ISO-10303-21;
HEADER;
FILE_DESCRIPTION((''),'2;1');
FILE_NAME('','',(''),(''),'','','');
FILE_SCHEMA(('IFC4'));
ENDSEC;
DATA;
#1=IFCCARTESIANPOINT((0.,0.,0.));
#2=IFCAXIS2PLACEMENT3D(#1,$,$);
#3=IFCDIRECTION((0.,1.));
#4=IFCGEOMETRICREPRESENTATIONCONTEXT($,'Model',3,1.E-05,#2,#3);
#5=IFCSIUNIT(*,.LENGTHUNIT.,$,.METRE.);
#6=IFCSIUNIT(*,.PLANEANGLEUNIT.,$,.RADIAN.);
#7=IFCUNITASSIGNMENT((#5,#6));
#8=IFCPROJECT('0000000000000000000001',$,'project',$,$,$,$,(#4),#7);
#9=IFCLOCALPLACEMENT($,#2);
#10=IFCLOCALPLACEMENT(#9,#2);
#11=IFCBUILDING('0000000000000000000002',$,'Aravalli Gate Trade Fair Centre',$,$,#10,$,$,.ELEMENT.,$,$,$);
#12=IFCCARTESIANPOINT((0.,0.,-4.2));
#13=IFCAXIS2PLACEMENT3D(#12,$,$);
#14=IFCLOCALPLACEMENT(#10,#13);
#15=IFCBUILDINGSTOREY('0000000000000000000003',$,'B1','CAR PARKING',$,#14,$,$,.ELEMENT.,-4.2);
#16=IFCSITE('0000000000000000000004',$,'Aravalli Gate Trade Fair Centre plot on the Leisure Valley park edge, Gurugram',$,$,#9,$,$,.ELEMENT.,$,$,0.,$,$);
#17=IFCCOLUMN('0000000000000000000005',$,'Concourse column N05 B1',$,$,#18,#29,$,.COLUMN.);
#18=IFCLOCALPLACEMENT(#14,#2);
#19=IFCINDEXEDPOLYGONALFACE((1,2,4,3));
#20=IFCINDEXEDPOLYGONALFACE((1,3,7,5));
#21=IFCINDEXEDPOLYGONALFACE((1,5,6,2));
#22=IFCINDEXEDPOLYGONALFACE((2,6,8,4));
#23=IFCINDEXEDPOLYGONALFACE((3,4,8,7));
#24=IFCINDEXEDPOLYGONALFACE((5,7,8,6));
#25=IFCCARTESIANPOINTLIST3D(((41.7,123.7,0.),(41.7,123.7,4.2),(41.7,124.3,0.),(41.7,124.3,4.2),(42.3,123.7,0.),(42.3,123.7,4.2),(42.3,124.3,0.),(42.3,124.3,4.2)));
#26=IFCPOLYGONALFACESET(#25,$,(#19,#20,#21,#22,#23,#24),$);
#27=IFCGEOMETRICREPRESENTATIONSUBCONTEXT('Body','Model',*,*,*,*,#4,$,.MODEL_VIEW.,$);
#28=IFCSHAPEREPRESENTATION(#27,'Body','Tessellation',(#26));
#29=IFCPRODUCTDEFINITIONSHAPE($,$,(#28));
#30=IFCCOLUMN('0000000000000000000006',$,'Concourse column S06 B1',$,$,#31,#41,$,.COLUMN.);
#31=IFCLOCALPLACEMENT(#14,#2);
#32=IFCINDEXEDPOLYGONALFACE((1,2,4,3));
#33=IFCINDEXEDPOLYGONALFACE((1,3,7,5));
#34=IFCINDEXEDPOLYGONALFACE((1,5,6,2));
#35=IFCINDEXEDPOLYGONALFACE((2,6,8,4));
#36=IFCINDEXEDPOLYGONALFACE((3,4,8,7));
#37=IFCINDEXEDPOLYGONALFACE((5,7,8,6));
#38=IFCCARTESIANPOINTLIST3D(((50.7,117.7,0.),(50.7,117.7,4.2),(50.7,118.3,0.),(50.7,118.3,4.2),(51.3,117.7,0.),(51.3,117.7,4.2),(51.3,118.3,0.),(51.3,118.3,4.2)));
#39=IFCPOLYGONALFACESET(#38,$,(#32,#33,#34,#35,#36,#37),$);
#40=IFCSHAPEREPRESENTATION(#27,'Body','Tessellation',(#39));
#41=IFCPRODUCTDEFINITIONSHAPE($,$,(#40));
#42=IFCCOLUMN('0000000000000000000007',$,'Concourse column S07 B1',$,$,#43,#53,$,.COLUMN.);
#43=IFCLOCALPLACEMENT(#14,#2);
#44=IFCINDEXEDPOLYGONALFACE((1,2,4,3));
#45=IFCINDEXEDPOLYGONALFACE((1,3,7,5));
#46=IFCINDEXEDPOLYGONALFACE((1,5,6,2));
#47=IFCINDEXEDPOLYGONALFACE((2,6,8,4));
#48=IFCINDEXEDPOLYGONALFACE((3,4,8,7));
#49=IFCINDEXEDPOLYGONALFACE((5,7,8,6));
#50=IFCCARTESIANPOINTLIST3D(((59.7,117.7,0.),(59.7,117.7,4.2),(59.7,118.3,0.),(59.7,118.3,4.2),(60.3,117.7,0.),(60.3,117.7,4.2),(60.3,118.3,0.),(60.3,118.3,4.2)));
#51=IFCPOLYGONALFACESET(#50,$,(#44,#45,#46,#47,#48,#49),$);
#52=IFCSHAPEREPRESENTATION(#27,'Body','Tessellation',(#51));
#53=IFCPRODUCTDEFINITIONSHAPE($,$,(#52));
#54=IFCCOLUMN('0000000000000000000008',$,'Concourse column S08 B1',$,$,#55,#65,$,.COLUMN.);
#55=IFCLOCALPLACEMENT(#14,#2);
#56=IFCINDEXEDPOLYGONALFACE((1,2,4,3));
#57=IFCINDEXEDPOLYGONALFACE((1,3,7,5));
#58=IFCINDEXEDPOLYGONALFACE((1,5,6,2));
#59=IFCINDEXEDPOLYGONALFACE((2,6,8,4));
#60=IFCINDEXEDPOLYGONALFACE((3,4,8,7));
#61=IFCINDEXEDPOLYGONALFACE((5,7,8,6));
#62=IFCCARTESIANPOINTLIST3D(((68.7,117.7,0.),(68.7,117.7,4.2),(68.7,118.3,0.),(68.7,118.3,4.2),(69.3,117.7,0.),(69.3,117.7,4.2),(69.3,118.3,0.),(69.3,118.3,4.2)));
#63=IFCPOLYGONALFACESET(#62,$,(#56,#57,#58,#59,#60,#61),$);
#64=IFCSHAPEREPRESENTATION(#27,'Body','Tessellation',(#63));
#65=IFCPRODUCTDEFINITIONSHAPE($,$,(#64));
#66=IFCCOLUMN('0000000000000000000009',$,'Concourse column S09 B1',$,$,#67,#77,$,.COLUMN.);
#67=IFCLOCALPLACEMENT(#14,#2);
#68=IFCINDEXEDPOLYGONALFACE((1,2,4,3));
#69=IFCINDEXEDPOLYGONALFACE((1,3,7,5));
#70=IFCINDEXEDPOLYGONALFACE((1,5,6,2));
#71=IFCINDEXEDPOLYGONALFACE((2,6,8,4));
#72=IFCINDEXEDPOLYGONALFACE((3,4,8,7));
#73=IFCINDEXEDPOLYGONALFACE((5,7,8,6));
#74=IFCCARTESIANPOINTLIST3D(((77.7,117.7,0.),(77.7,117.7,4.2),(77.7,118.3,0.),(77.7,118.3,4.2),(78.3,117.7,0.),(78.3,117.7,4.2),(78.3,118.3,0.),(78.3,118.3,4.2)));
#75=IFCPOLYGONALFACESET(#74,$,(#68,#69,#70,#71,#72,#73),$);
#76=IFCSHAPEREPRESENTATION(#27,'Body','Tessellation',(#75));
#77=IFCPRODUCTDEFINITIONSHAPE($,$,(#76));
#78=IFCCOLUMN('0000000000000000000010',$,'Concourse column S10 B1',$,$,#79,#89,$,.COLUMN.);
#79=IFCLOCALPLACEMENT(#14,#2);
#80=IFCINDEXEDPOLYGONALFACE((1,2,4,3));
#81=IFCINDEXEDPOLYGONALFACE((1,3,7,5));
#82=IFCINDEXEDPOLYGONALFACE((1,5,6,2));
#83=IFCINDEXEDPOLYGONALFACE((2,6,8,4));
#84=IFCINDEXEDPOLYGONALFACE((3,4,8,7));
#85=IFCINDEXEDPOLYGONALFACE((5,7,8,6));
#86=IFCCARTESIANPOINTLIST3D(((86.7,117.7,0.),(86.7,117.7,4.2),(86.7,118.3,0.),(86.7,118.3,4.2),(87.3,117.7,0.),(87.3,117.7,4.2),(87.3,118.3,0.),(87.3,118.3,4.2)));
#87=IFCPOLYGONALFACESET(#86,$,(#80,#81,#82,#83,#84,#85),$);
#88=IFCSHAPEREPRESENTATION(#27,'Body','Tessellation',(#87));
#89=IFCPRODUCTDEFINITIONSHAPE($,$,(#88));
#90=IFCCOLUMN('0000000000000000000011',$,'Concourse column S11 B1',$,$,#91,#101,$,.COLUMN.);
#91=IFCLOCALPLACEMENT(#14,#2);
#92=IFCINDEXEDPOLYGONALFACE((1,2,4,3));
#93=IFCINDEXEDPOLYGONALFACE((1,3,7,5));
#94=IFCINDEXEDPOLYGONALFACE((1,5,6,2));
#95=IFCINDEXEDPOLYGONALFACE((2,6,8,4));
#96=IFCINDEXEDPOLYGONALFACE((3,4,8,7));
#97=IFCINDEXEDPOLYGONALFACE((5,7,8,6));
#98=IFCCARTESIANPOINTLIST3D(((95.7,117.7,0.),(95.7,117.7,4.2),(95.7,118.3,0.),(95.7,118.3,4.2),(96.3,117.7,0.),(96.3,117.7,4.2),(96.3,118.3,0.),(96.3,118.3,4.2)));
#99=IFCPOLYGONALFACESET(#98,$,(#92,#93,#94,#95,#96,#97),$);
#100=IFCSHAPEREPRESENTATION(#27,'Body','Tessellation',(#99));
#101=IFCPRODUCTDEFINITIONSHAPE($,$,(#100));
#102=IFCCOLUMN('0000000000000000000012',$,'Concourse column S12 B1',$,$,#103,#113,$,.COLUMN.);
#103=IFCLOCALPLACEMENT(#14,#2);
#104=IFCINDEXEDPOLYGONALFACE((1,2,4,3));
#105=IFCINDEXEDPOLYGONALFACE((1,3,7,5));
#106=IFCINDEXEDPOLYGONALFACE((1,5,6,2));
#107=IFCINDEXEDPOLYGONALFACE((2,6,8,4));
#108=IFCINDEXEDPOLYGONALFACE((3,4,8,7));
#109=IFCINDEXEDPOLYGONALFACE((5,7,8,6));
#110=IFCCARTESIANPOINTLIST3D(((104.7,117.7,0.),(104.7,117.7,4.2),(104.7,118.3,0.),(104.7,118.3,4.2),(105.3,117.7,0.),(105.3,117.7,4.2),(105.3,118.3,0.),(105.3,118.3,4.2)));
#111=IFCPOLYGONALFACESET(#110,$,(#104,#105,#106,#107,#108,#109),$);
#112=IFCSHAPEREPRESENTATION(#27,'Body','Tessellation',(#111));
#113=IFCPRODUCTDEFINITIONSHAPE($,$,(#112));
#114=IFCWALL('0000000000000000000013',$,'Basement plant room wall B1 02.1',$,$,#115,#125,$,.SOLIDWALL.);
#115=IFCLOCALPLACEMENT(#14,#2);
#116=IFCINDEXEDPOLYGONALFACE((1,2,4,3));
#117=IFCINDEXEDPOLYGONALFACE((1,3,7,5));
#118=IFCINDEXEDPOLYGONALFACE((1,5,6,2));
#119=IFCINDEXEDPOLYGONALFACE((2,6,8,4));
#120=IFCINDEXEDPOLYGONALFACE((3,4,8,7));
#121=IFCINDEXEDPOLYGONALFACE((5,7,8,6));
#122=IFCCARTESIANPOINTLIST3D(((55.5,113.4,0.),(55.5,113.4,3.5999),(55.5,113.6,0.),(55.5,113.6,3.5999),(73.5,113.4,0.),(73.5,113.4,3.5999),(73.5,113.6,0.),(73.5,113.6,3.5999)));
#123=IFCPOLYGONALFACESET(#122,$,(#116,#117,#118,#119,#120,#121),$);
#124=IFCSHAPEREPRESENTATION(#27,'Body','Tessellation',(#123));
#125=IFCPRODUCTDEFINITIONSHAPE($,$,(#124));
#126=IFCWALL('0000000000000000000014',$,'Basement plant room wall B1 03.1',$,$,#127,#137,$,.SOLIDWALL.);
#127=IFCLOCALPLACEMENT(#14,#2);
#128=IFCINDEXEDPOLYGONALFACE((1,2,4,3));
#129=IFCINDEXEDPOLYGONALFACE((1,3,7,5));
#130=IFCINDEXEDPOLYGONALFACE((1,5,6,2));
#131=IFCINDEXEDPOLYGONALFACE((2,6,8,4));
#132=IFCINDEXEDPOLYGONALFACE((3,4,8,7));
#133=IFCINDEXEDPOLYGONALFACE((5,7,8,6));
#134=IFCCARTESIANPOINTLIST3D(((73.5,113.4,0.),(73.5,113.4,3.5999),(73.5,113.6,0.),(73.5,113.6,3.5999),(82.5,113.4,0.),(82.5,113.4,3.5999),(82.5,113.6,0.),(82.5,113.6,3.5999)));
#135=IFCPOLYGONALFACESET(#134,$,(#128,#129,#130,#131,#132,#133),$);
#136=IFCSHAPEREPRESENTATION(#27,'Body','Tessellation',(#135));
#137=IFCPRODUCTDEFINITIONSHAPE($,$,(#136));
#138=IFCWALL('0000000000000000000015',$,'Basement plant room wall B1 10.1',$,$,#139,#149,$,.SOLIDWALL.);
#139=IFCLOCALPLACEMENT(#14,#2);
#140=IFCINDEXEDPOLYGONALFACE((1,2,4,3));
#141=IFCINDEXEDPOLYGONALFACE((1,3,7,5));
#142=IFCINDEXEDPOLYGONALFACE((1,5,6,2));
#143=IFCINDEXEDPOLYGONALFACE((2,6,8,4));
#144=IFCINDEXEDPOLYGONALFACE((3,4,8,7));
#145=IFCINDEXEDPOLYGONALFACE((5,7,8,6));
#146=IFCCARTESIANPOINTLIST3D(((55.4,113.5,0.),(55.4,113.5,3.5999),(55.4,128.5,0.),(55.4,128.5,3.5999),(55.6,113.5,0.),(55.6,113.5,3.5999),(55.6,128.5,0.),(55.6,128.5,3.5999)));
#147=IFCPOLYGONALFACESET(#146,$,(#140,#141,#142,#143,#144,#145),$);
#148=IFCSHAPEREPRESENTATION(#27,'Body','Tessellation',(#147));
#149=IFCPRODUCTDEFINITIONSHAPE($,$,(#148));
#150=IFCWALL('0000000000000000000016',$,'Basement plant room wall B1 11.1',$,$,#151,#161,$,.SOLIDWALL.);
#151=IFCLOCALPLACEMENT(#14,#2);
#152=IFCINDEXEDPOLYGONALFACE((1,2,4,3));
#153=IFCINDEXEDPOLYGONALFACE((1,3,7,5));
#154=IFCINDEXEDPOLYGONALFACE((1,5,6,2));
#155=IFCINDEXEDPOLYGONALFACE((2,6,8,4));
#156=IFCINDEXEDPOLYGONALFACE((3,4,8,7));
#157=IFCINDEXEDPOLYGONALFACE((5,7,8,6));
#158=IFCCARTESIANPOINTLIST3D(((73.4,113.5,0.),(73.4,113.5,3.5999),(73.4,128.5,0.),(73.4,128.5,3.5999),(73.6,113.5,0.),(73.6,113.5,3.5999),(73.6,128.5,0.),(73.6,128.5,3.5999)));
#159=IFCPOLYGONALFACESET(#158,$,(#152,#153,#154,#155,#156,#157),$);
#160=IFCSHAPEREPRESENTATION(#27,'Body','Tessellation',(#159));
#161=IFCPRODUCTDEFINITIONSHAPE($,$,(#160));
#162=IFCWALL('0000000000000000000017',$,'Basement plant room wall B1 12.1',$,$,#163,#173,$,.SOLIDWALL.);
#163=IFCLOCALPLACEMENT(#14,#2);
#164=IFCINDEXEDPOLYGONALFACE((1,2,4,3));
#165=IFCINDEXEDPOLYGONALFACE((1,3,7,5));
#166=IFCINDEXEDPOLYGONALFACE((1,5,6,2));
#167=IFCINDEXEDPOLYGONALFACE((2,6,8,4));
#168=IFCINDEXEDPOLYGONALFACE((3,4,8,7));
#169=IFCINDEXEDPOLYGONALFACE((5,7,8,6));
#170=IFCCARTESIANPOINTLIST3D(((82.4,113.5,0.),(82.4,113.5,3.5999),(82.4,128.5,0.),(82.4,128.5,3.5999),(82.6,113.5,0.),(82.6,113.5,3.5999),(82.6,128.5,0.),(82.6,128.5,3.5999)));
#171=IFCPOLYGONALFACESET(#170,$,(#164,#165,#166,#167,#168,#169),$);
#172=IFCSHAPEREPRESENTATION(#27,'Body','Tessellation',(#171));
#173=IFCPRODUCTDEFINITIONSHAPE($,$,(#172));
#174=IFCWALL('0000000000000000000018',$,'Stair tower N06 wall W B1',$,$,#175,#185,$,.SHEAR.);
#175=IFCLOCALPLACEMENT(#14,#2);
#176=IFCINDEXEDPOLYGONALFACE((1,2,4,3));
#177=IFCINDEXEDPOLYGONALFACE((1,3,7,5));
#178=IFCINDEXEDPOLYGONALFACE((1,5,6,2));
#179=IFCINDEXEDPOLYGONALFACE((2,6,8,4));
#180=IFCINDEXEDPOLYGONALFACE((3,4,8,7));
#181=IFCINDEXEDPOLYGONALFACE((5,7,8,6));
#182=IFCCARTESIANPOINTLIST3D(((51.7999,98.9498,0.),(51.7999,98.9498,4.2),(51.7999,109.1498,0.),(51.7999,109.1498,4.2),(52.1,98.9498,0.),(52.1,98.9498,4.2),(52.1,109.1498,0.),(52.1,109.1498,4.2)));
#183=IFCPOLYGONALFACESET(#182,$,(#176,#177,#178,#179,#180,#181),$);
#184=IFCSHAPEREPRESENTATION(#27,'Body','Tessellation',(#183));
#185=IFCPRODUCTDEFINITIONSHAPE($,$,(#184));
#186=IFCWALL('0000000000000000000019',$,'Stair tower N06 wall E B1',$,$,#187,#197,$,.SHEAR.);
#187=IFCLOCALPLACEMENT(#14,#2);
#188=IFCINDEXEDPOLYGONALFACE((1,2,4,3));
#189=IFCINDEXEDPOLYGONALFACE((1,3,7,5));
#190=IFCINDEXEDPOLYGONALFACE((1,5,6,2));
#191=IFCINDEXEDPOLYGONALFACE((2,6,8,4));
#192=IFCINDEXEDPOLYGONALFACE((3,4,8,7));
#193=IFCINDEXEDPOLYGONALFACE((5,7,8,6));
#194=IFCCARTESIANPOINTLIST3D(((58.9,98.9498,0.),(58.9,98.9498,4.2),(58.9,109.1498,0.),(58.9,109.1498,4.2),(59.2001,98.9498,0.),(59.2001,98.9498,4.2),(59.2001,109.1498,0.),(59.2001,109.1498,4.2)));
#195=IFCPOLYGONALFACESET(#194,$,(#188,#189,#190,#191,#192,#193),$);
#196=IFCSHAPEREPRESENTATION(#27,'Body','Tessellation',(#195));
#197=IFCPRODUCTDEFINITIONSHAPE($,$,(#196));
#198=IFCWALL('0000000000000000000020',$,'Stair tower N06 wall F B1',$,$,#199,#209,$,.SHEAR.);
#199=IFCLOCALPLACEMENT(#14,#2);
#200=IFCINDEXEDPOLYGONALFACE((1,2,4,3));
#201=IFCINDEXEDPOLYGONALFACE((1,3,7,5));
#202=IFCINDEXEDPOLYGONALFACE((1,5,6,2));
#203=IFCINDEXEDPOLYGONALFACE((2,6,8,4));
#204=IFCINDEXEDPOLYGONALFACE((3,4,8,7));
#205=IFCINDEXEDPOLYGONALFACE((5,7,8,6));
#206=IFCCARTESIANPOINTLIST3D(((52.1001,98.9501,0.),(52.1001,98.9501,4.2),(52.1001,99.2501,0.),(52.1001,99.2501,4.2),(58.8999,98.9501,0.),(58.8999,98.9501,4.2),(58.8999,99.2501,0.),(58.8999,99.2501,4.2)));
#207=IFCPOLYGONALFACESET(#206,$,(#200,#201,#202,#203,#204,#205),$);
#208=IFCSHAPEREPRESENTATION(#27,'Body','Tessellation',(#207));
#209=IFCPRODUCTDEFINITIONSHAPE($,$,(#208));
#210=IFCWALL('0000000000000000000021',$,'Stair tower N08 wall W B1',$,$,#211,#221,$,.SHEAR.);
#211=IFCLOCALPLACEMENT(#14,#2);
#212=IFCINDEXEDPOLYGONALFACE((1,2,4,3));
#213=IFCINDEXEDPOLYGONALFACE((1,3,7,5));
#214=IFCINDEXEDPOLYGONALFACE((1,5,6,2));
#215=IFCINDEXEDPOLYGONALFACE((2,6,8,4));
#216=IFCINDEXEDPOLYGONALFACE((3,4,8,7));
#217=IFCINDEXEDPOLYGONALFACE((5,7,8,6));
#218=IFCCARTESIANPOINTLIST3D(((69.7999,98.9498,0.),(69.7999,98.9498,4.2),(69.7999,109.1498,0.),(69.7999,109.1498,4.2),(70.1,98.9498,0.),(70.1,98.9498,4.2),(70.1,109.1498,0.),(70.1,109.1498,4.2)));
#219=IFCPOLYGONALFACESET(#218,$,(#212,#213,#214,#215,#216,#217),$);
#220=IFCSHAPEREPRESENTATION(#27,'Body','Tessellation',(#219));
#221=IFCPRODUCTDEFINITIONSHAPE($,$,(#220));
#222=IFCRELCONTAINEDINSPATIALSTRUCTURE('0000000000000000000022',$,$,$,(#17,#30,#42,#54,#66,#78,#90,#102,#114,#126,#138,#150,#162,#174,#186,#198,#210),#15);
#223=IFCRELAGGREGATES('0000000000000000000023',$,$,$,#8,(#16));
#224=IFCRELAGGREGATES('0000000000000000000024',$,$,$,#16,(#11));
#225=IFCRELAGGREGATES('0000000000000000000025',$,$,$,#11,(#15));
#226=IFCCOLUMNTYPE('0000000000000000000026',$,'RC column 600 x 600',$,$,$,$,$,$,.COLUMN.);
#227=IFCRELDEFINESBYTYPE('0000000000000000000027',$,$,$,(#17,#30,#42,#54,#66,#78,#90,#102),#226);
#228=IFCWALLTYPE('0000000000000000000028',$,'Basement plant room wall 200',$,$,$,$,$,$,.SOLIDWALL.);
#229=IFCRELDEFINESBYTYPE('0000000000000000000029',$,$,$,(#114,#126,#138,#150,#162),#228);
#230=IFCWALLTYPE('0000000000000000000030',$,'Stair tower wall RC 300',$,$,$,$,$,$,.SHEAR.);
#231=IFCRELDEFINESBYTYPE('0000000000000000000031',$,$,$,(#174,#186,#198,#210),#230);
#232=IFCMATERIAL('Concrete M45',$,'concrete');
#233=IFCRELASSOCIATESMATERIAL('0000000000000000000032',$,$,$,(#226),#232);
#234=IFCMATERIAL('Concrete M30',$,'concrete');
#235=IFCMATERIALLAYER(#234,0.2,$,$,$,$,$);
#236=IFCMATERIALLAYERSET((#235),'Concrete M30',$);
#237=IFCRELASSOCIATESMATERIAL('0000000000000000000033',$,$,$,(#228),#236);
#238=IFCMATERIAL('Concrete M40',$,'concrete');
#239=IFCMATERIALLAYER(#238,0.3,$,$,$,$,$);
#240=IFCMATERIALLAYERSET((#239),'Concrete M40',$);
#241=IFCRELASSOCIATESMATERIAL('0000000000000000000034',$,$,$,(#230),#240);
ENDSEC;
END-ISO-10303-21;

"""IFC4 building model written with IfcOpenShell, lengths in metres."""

from ifc_helpers import new_model, si_unit, direction, frame, frame_2d, origin, origin_2d, place, context, subcontext, project, spatial, rectangle, extrude, material, layer, layer_set, material_profile, profile_set, type_object, element, save


model = new_model("IFC4")

# Units and contexts
model_context = context("Model", 3, precision=1e-05, world=origin(), true_north=direction((0.0, 1.0)))
body_context = subcontext(model_context, "Body", "Model", "MODEL_VIEW")
ifc_project = project(units=[si_unit("LENGTHUNIT", "METRE"), si_unit("PLANEANGLEUNIT", "RADIAN")], contexts=[model_context])

# Site, building, storey
site_placement = place(None, origin())
site = spatial("IfcSite", under=ifc_project, at=site_placement, Name="Aravalli Gate Trade Fair Centre plot on the Leisure Valley park edge, Gurugram", CompositionType="ELEMENT", RefElevation=0.0)
building_placement = place(site_placement, origin())
building = spatial("IfcBuilding", under=site, at=building_placement, Name="Aravalli Gate Trade Fair Centre", CompositionType="ELEMENT")
storey_placement = place(building_placement, frame((0.0, 0.0, -4.2)))
storey = spatial("IfcBuildingStorey", under=building, at=storey_placement, Name="B1", Description="CAR PARKING", CompositionType="ELEMENT", Elevation=-4.2)

# Columns
ifc_material_1 = material(Name="Concrete M45", Category="concrete")
ifc_material_profile_1 = material_profile(ifc_material_1, rectangle(XDim=0.6001, YDim=0.6001, at=origin_2d()), Name="RC column 600 x 600")
ifc_profile_set_1 = profile_set([ifc_material_profile_1], Name="Concrete M45")
column_type_1 = type_object("IfcColumnType", Name="RC column 600 x 600", PredefinedType="COLUMN", material=ifc_profile_set_1)
for number, where, z_axis, x_axis, name in (
    (1, (42.0, 124.0, 0.0), (0.0, 0.0, 1.0), (1.0, 0.0, 0.0), "Concourse column N05 B1"),
    (2, (51.0, 118.0, 0.0), (0.0, 0.0, 1.0), (1.0, 0.0, 0.0), "Concourse column S06 B1"),
    (3, (60.0, 118.0, 0.0), (0.0, 0.0, 1.0), (1.0, 0.0, 0.0), "Concourse column S07 B1"),
    (4, (69.0, 118.0, 0.0), (0.0, 0.0, 1.0), (1.0, 0.0, 0.0), "Concourse column S08 B1"),
    (5, (78.0, 118.0, 0.0), (0.0, 0.0, 1.0), (1.0, 0.0, 0.0), "Concourse column S09 B1"),
    (6, (87.0, 118.0, 0.0), (0.0, 0.0, 1.0), (1.0, 0.0, 0.0), "Concourse column S10 B1"),
    (7, (96.0, 118.0, 0.0), (0.0, 0.0, 1.0), (1.0, 0.0, 0.0), "Concourse column S11 B1"),
    (8, (105.0, 118.0, 0.0), (0.0, 0.0, 1.0), (1.0, 0.0, 0.0), "Concourse column S12 B1"),
):
    element("IfcColumn", number, at=place(storey_placement, frame(where, z_axis=z_axis, x_axis=x_axis)), inside=storey, type_object=column_type_1, Name=name, PredefinedType="COLUMN", context=body_context, shape_type="SweptSolid", body=[
        extrude(rectangle(XDim=0.6001, YDim=0.6001, at=origin_2d()), origin(), (0.0, 0.0, 1.0), 4.2),
    ])

# Walls
ifc_material_2 = material(Name="Concrete M30", Category="concrete")
ifc_layer_1 = layer(ifc_material_2, 0.2)
ifc_layer_set_1 = layer_set([ifc_layer_1], Name="Concrete M30")
wall_type_1 = type_object("IfcWallType", Name="Basement plant room wall 200", PredefinedType="SOLIDWALL", material=ifc_layer_set_1)
wall_1_placement = place(storey_placement, frame((55.5, 113.5, 0.0), z_axis=(0.0, 0.0, 1.0), x_axis=(1.0, 0.0, 0.0)))
element("IfcWall", 9, at=wall_1_placement, inside=storey, type_object=wall_type_1, Name="Basement plant room wall B1 02.1", PredefinedType="SOLIDWALL", context=body_context, shape_type="SweptSolid", body=[
    extrude(rectangle(XDim=18.0, YDim=0.2, at=frame_2d((9.0, 0.0))), origin(), (0.0, 0.0, 1.0), 3.5999),
])
wall_2_placement = place(storey_placement, frame((73.5, 113.5, 0.0), z_axis=(0.0, 0.0, 1.0), x_axis=(1.0, 0.0, 0.0)))
element("IfcWall", 10, at=wall_2_placement, inside=storey, type_object=wall_type_1, Name="Basement plant room wall B1 03.1", PredefinedType="SOLIDWALL", context=body_context, shape_type="SweptSolid", body=[
    extrude(rectangle(XDim=9.0, YDim=0.2, at=frame_2d((4.5, 0.0))), origin(), (0.0, 0.0, 1.0), 3.5999),
])
for number, where, z_axis, x_axis, name in (
    (11, (55.5, 113.5, 0.0), (0.0, 0.0, 1.0), (0.0, 1.0, 0.0), "Basement plant room wall B1 10.1"),
    (12, (73.5, 113.5, 0.0), (0.0, 0.0, 1.0), (0.0, 1.0, 0.0), "Basement plant room wall B1 11.1"),
    (13, (82.5, 113.5, 0.0), (0.0, 0.0, 1.0), (0.0, 1.0, 0.0), "Basement plant room wall B1 12.1"),
):
    element("IfcWall", number, at=place(storey_placement, frame(where, z_axis=z_axis, x_axis=x_axis)), inside=storey, type_object=wall_type_1, Name=name, PredefinedType="SOLIDWALL", context=body_context, shape_type="SweptSolid", body=[
        extrude(rectangle(XDim=15.0, YDim=0.2, at=frame_2d((7.5, 0.0))), origin(), (0.0, 0.0, 1.0), 3.5999),
    ])
ifc_material_3 = material(Name="Concrete M40", Category="concrete")
ifc_layer_2 = layer(ifc_material_3, 0.3)
ifc_layer_set_2 = layer_set([ifc_layer_2], Name="Concrete M40")
wall_type_2 = type_object("IfcWallType", Name="Stair tower wall RC 300", PredefinedType="SHEAR", material=ifc_layer_set_2)
for number, where, z_axis, x_axis, name in (
    (14, (51.95, 109.1499, 0.0), (0.0, 0.0, 1.0), (0.0, -1.0, 0.0), "Stair tower N06 wall W B1"),
    (15, (59.05, 109.1499, 0.0), (0.0, 0.0, 1.0), (0.0, -1.0, 0.0), "Stair tower N06 wall E B1"),
):
    element("IfcWall", number, at=place(storey_placement, frame(where, z_axis=z_axis, x_axis=x_axis)), inside=storey, type_object=wall_type_2, Name=name, PredefinedType="SHEAR", context=body_context, shape_type="SweptSolid", body=[
        extrude(rectangle(XDim=10.2, YDim=0.3, at=frame_2d((5.1001, 0.0))), origin(), (0.0, 0.0, 1.0), 4.2),
    ])
wall_3_placement = place(storey_placement, frame((52.1001, 99.1001, 0.0), z_axis=(0.0, 0.0, 1.0), x_axis=(1.0, 0.0, 0.0)))
element("IfcWall", 16, at=wall_3_placement, inside=storey, type_object=wall_type_2, Name="Stair tower N06 wall F B1", PredefinedType="SHEAR", context=body_context, shape_type="SweptSolid", body=[
    extrude(rectangle(XDim=6.7998, YDim=0.3, at=frame_2d((3.3999, 0.0))), origin(), (0.0, 0.0, 1.0), 4.2),
])
for number, where, z_axis, x_axis, name in (
    (17, (69.95, 109.1499, 0.0), (0.0, 0.0, 1.0), (0.0, -1.0, 0.0), "Stair tower N08 wall W B1"),
):
    element("IfcWall", number, at=place(storey_placement, frame(where, z_axis=z_axis, x_axis=x_axis)), inside=storey, type_object=wall_type_2, Name=name, PredefinedType="SHEAR", context=body_context, shape_type="SweptSolid", body=[
        extrude(rectangle(XDim=10.2, YDim=0.3, at=frame_2d((5.1001, 0.0))), origin(), (0.0, 0.0, 1.0), 4.2),
    ])

save(model, "model.ifc")
